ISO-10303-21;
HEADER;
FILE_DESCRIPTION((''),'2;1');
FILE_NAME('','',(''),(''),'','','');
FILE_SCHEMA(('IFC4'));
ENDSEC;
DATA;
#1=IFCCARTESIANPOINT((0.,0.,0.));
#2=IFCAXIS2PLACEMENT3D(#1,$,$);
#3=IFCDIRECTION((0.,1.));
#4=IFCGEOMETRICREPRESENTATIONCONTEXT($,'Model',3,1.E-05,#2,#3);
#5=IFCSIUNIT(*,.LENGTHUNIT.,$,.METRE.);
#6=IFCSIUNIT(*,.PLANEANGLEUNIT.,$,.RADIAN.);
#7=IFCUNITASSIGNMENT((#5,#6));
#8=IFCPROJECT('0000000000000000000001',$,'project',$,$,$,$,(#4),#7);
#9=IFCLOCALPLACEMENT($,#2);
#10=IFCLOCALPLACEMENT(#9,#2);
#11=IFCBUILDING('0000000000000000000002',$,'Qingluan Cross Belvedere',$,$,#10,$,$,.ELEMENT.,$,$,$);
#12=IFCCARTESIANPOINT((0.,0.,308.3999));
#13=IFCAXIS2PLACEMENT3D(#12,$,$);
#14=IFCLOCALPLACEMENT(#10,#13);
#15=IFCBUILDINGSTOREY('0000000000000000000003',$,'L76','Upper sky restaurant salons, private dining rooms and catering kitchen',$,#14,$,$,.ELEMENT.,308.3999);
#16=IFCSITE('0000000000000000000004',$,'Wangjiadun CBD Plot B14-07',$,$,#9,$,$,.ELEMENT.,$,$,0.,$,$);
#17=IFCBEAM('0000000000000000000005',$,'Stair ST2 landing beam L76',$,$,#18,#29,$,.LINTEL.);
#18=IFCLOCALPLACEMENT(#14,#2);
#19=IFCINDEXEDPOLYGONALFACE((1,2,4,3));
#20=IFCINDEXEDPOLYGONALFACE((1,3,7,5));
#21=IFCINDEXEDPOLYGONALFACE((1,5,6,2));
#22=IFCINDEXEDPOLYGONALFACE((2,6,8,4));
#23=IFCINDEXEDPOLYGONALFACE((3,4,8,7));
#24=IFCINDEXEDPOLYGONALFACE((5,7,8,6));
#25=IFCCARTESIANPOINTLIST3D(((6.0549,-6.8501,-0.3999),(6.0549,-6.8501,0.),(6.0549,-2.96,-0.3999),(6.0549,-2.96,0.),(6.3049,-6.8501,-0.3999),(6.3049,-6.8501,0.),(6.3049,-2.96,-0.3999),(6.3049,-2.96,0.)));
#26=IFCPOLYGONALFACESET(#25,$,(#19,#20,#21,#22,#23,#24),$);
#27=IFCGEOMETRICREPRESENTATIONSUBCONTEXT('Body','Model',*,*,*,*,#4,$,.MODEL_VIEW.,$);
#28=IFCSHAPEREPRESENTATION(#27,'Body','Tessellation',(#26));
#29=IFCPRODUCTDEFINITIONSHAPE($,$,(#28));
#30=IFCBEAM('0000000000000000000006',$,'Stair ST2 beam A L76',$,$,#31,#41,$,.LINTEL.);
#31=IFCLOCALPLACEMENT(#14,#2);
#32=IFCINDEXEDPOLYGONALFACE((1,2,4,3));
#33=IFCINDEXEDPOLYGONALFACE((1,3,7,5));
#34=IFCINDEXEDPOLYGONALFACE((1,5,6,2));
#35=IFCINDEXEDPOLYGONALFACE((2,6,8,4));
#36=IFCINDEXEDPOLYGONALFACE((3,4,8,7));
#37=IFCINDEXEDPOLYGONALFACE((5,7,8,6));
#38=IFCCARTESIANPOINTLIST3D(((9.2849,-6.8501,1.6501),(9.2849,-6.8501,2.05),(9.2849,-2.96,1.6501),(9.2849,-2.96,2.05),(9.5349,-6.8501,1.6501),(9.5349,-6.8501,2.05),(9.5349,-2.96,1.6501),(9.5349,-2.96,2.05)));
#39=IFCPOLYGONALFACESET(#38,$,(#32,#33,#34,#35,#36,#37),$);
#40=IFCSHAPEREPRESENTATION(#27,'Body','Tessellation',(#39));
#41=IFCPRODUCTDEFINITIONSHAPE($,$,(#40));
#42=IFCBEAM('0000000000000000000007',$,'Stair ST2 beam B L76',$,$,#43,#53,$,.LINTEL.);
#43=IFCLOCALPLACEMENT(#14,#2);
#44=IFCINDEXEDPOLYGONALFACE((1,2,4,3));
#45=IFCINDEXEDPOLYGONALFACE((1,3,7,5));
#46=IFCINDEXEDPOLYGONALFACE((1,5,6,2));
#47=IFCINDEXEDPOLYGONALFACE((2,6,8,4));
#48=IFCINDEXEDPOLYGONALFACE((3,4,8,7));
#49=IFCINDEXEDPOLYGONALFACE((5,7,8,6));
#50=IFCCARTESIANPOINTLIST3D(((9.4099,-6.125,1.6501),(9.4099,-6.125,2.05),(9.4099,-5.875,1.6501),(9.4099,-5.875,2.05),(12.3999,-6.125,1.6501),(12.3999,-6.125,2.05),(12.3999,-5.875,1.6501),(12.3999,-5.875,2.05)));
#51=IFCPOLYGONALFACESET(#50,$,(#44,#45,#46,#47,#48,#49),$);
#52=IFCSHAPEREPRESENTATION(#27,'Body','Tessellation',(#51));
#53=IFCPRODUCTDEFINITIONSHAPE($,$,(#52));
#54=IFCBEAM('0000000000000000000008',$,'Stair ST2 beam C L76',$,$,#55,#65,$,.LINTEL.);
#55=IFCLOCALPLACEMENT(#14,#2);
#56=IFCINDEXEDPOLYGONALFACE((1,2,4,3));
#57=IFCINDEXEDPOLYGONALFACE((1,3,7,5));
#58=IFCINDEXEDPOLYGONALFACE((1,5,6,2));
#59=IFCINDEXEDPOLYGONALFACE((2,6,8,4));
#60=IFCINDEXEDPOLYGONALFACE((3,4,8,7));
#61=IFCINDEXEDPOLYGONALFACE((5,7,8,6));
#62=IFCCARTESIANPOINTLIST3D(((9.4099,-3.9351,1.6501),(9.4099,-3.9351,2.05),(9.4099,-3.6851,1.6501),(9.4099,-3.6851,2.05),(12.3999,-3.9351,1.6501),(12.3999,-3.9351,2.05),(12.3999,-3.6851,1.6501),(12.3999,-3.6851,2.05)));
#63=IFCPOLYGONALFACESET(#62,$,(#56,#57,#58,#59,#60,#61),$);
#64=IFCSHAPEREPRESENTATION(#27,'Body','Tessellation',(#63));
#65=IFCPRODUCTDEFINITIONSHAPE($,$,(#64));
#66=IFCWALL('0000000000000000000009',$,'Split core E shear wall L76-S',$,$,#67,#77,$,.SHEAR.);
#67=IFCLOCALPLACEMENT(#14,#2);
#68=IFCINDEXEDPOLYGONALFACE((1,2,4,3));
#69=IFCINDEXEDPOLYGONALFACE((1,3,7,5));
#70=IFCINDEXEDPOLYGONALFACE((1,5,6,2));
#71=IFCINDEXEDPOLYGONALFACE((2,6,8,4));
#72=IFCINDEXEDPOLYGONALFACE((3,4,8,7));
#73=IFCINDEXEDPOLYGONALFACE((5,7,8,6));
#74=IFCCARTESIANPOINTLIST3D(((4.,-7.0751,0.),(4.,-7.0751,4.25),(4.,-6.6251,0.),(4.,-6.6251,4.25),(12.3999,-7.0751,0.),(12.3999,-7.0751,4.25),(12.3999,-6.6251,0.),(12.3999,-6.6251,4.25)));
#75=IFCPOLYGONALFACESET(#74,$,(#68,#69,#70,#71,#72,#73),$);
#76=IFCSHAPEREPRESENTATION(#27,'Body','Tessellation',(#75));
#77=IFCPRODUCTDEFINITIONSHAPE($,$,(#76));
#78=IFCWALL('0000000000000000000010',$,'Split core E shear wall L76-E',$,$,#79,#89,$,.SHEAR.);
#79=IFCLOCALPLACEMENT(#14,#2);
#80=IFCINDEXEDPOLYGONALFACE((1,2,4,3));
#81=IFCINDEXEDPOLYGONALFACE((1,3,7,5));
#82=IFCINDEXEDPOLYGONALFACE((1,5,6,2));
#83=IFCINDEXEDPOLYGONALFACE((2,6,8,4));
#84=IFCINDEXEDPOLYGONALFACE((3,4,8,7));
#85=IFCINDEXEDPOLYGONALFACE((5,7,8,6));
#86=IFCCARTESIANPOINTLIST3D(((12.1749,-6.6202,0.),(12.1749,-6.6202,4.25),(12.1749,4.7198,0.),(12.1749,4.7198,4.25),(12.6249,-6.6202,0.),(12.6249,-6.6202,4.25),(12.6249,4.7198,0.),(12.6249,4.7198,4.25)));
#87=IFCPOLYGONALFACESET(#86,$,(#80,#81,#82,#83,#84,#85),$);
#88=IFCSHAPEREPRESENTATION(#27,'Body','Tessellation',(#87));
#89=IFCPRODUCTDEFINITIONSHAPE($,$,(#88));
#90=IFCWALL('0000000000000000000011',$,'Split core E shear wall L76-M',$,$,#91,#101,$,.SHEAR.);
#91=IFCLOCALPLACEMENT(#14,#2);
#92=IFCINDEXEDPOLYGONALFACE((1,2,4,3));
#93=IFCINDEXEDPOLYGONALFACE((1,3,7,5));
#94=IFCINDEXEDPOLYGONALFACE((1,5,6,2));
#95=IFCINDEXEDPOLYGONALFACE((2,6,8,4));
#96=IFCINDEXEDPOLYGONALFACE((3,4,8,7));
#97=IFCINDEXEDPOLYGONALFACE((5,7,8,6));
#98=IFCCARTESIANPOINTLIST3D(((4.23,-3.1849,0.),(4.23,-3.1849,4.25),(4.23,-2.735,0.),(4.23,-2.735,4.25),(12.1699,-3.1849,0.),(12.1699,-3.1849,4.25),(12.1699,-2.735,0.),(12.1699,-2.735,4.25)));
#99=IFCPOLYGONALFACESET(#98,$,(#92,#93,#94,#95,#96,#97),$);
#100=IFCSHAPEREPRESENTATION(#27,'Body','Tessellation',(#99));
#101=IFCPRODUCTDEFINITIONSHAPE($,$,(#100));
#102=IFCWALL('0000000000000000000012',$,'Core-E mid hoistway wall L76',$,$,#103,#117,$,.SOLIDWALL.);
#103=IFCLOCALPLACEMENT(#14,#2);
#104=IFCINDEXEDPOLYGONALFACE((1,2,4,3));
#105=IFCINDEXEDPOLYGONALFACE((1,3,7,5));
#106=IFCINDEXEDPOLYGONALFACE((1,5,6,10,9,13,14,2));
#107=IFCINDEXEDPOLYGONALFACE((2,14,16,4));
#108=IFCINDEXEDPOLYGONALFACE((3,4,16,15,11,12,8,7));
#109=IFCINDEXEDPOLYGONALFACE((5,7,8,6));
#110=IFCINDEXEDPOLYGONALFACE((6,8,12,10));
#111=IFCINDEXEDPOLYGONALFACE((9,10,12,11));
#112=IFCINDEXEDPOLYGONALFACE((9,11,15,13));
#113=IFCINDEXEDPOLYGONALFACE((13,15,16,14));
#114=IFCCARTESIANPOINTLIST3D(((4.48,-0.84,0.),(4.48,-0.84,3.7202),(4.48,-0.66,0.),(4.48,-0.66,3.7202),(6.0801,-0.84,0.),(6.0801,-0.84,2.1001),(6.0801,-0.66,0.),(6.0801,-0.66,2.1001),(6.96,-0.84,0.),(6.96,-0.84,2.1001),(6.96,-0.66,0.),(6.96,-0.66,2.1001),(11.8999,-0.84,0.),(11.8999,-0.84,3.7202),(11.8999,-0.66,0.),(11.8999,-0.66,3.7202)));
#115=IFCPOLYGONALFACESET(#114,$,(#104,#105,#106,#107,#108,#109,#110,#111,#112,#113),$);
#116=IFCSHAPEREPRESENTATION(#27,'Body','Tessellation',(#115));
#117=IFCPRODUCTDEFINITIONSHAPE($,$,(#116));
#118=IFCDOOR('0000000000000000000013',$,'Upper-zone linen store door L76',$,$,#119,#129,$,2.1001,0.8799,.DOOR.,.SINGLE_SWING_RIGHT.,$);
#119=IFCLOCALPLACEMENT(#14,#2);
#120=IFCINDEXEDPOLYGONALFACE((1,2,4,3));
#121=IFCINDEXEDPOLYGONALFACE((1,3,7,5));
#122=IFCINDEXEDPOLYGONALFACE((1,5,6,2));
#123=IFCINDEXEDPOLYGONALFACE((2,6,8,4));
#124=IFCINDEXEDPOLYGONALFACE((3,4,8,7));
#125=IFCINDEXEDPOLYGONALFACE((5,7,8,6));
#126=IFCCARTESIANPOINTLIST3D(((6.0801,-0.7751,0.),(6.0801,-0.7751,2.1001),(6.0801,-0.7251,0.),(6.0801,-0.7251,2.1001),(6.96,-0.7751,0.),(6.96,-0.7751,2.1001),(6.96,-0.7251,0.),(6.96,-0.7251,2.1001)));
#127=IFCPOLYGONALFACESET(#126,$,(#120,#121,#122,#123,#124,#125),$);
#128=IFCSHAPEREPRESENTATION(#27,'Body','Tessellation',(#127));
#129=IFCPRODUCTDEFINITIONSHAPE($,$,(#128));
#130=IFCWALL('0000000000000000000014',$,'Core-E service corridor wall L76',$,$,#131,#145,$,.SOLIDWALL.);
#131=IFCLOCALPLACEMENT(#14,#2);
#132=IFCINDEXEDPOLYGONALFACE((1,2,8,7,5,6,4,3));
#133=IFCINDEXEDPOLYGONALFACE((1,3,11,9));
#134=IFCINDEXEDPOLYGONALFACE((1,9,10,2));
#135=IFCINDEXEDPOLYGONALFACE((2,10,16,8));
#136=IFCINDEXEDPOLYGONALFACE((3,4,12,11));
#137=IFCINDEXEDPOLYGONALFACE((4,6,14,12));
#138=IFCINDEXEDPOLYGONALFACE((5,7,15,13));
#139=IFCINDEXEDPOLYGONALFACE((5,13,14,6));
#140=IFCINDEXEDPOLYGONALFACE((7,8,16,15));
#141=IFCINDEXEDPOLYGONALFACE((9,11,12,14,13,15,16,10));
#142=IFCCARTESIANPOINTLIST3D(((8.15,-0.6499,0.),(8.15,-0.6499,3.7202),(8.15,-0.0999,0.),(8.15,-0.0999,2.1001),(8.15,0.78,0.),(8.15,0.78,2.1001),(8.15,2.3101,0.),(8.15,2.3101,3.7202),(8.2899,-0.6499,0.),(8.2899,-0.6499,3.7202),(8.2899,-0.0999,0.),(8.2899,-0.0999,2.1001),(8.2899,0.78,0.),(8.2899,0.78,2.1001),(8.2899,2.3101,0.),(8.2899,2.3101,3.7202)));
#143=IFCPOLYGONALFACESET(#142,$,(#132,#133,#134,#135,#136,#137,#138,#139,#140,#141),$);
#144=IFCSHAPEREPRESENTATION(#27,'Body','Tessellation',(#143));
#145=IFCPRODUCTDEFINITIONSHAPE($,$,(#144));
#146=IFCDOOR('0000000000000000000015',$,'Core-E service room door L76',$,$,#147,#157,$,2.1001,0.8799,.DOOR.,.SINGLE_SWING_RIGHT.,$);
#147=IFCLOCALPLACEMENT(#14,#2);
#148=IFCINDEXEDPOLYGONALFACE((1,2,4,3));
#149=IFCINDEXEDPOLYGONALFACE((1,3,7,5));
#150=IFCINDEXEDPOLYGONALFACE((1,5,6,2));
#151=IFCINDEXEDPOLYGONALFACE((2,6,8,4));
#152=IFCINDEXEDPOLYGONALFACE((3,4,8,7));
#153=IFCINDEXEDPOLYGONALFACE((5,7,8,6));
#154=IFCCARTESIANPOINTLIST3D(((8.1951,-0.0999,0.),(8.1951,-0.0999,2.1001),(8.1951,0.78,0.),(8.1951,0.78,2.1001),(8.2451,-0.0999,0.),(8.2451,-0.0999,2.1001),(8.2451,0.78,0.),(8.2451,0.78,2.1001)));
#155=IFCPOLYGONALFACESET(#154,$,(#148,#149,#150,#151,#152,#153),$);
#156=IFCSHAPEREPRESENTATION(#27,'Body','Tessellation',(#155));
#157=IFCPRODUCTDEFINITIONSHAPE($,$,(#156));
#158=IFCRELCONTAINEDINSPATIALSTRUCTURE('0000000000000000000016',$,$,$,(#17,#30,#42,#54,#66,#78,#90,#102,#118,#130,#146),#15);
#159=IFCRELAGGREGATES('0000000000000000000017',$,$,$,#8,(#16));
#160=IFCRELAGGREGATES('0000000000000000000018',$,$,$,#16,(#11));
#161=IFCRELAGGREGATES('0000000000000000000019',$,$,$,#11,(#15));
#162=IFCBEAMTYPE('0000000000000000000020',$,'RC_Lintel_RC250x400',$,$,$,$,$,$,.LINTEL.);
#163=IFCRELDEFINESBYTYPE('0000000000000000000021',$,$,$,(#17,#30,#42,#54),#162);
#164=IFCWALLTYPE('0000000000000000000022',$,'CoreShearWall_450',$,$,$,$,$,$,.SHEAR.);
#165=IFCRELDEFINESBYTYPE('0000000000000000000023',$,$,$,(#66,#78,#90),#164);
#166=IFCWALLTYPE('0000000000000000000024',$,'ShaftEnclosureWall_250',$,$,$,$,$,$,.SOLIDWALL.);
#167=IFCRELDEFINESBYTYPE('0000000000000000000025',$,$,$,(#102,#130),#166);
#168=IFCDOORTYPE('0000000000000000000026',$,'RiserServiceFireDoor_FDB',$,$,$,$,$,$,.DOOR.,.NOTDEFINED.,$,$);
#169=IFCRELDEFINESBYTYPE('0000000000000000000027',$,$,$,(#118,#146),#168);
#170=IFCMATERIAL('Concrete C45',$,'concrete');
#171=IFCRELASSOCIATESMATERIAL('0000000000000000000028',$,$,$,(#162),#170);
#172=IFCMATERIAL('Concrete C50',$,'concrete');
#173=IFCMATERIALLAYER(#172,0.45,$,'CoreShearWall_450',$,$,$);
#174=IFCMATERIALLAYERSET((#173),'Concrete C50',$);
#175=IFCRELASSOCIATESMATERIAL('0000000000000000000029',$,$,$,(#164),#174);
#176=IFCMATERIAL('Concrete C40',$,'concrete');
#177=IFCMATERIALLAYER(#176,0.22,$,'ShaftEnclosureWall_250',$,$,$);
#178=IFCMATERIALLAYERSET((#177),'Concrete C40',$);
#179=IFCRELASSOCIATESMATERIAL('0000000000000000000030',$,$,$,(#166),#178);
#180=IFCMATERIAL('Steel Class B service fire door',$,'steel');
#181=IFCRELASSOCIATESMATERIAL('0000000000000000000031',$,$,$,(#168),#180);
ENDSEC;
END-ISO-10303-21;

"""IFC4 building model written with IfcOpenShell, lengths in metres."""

from ifc_helpers import new_model, si_unit, direction, frame, frame_2d, origin, origin_2d, place, context, subcontext, project, spatial, rectangle, extrude, material, layer, layer_set, material_profile, profile_set, type_object, element, fill, save


model = new_model("IFC4")

# Units and contexts
model_context = context("Model", 3, precision=1e-05, world=origin(), true_north=direction((0.0, 1.0)))
body_context = subcontext(model_context, "Body", "Model", "MODEL_VIEW")
ifc_project = project(units=[si_unit("LENGTHUNIT", "METRE"), si_unit("PLANEANGLEUNIT", "RADIAN")], contexts=[model_context])

# Site, building, storey
site_placement = place(None, origin())
site = spatial("IfcSite", under=ifc_project, at=site_placement, Name="Wangjiadun CBD Plot B14-07", CompositionType="ELEMENT", RefElevation=0.0)
building_placement = place(site_placement, origin())
building = spatial("IfcBuilding", under=site, at=building_placement, Name="Qingluan Cross Belvedere", CompositionType="ELEMENT")
storey_placement = place(building_placement, frame((0.0, 0.0, 308.3999)))
storey = spatial("IfcBuildingStorey", under=building, at=storey_placement, Name="L76", Description="Upper sky restaurant salons, private dining rooms and catering kitchen", CompositionType="ELEMENT", Elevation=308.3999)

# Beams
ifc_material_1 = material(Name="Concrete C45", Category="concrete")
ifc_material_profile = material_profile(ifc_material_1, rectangle(XDim=0.25, YDim=0.3999, at=origin_2d()), Name="RC250x400")
ifc_profile_set = profile_set([ifc_material_profile], Name="Concrete C45")
beam_type = type_object("IfcBeamType", Name="RC_Lintel_RC250x400", PredefinedType="LINTEL", material=ifc_profile_set)
for number, where, z_axis, x_axis, name in (
    (1, (6.1799, -6.8501, -0.2), (0.0, 1.0, 0.0), (-1.0, 0.0, 0.0), "Stair ST2 landing beam L76"),
    (2, (9.4099, -6.8501, 1.8501), (0.0, 1.0, 0.0), (-1.0, 0.0, 0.0), "Stair ST2 beam A L76"),
):
    element("IfcBeam", number, at=place(storey_placement, frame(where, z_axis=z_axis, x_axis=x_axis)), inside=storey, type_object=beam_type, Name=name, PredefinedType="LINTEL", context=body_context, shape_type="SweptSolid", body=[
        extrude(rectangle(XDim=0.25, YDim=0.3999, at=origin_2d()), origin(), (0.0, 0.0, 1.0), 3.8901),
    ])
for number, where, z_axis, x_axis, name in (
    (3, (12.3999, -6.0, 1.8501), (-1.0, 0.0, 0.0), (0.0, -1.0, 0.0), "Stair ST2 beam B L76"),
    (4, (12.3999, -3.8101, 1.8501), (-1.0, 0.0, 0.0), (0.0, -1.0, 0.0), "Stair ST2 beam C L76"),
):
    element("IfcBeam", number, at=place(storey_placement, frame(where, z_axis=z_axis, x_axis=x_axis)), inside=storey, type_object=beam_type, Name=name, PredefinedType="LINTEL", context=body_context, shape_type="SweptSolid", body=[
        extrude(rectangle(XDim=0.25, YDim=0.3999, at=origin_2d()), origin(), (0.0, 0.0, 1.0), 2.99),
    ])

# Wall
ifc_material_2 = material(Name="Concrete C50", Category="concrete")
ifc_layer_1 = layer(ifc_material_2, 0.45, Name="CoreShearWall_450")
ifc_layer_set_1 = layer_set([ifc_layer_1], Name="Concrete C50")
wall_type_1 = type_object("IfcWallType", Name="CoreShearWall_450", PredefinedType="SHEAR", material=ifc_layer_set_1)
wall_1_placement = place(storey_placement, frame((4.0, -6.8501, 0.0), z_axis=(0.0, 0.0, 1.0), x_axis=(1.0, 0.0, 0.0)))
element("IfcWall", 5, at=wall_1_placement, inside=storey, type_object=wall_type_1, Name="Split core E shear wall L76-S", PredefinedType="SHEAR", context=body_context, shape_type="SweptSolid", body=[
    extrude(rectangle(XDim=8.3999, YDim=0.45, at=frame_2d((4.2, 0.0))), origin(), (0.0, 0.0, 1.0), 4.25),
])

# Walls
wall_2_placement = place(storey_placement, frame((12.3999, -6.6201, 0.0), z_axis=(0.0, 0.0, 1.0), x_axis=(0.0, 1.0, 0.0)))
element("IfcWall", 6, at=wall_2_placement, inside=storey, type_object=wall_type_1, Name="Split core E shear wall L76-E", PredefinedType="SHEAR", context=body_context, shape_type="SweptSolid", body=[
    extrude(rectangle(XDim=11.3401, YDim=0.45, at=frame_2d((5.6699, 0.0))), origin(), (0.0, 0.0, 1.0), 4.25),
])
wall_3_placement = place(storey_placement, frame((4.23, -2.96, 0.0), z_axis=(0.0, 0.0, 1.0), x_axis=(1.0, 0.0, 0.0)))
element("IfcWall", 7, at=wall_3_placement, inside=storey, type_object=wall_type_1, Name="Split core E shear wall L76-M", PredefinedType="SHEAR", context=body_context, shape_type="SweptSolid", body=[
    extrude(rectangle(XDim=7.9399, YDim=0.45, at=frame_2d((3.97, 0.0))), origin(), (0.0, 0.0, 1.0), 4.25),
])

# Walls, openings, doors
ifc_material_3 = material(Name="Concrete C40", Category="concrete")
ifc_layer_2 = layer(ifc_material_3, 0.22, Name="ShaftEnclosureWall_250")
ifc_layer_set_2 = layer_set([ifc_layer_2], Name="Concrete C40")
wall_type_2 = type_object("IfcWallType", Name="ShaftEnclosureWall_250", PredefinedType="SOLIDWALL", material=ifc_layer_set_2)
wall_4_placement = place(storey_placement, frame((4.48, -0.75, 0.0), z_axis=(0.0, 0.0, 1.0), x_axis=(1.0, 0.0, 0.0)))
wall_4 = element("IfcWall", 8, at=wall_4_placement, inside=storey, type_object=wall_type_2, Name="Core-E mid hoistway wall L76", PredefinedType="SOLIDWALL", context=body_context, shape_type="SweptSolid", body=[
    extrude(rectangle(XDim=7.4199, YDim=0.1799, at=frame_2d((3.71, 0.0))), origin(), (0.0, 0.0, 1.0), 3.7202),
])
opening_1_placement = place(wall_4_placement, frame((1.6001, 0.0, 0.0)))
opening_1 = element("IfcOpeningElement", 9, at=opening_1_placement, cuts=wall_4, PredefinedType="OPENING", context=body_context, shape_type="SweptSolid", body=[
    extrude(rectangle(XDim=0.8799, YDim=2.1001, at=frame_2d((0.4399, 1.05))), frame((0.0, 0.0999, 0.0), z_axis=(0.0, -1.0, 0.0), x_axis=(1.0, 0.0, 0.0)), (0.0, 0.0, 1.0), 0.2),
])
ifc_material_4 = material(Name="Steel Class B service fire door", Category="steel")
door_type_1 = type_object("IfcDoorType", Name="RiserServiceFireDoor_FDB", OperationType="NOTDEFINED", PredefinedType="DOOR", material=ifc_material_4)
door_1_placement = place(opening_1_placement, origin())
door_1 = element("IfcDoor", 10, at=door_1_placement, inside=storey, type_object=door_type_1, Name="Upper-zone linen store door L76", OperationType="SINGLE_SWING_RIGHT", OverallHeight=2.1001, OverallWidth=0.8799, PredefinedType="DOOR", context=body_context, shape_type="SweptSolid", body=[
    extrude(rectangle(XDim=0.8799, YDim=2.1001, at=frame_2d((0.4399, 1.05))), frame((0.0, 0.0249, 0.0), z_axis=(0.0, -1.0, 0.0), x_axis=(1.0, 0.0, 0.0)), (0.0, 0.0, 1.0), 0.05),
])
fill(opening_1, door_1)
wall_5_placement = place(storey_placement, frame((8.22, -0.6499, 0.0), z_axis=(0.0, 0.0, 1.0), x_axis=(0.0, 1.0, 0.0)))
wall_5 = element("IfcWall", 11, at=wall_5_placement, inside=storey, type_object=wall_type_2, Name="Core-E service corridor wall L76", PredefinedType="SOLIDWALL", context=body_context, shape_type="SweptSolid", body=[
    extrude(rectangle(XDim=2.96, YDim=0.1399, at=frame_2d((1.48, 0.0))), origin(), (0.0, 0.0, 1.0), 3.7202),
])
opening_2_placement = place(wall_5_placement, frame((0.55, 0.0, 0.0)))
opening_2 = element("IfcOpeningElement", 12, at=opening_2_placement, cuts=wall_5, PredefinedType="OPENING", context=body_context, shape_type="SweptSolid", body=[
    extrude(rectangle(XDim=0.8799, YDim=2.1001, at=frame_2d((0.4399, 1.05))), frame((0.0, 0.0798, 0.0), z_axis=(0.0, -1.0, 0.0), x_axis=(1.0, 0.0, 0.0)), (0.0, 0.0, 1.0), 0.1599),
])
door_2_placement = place(opening_2_placement, origin())
door_2 = element("IfcDoor", 13, at=door_2_placement, inside=storey, type_object=door_type_1, Name="Core-E service room door L76", OperationType="SINGLE_SWING_RIGHT", OverallHeight=2.1001, OverallWidth=0.8799, PredefinedType="DOOR", context=body_context, shape_type="SweptSolid", body=[
    extrude(rectangle(XDim=0.8799, YDim=2.1001, at=frame_2d((0.4399, 1.05))), frame((0.0, 0.0249, 0.0), z_axis=(0.0, -1.0, 0.0), x_axis=(1.0, 0.0, 0.0)), (0.0, 0.0, 1.0), 0.05),
])
fill(opening_2, door_2)

save(model, "model.ifc")
